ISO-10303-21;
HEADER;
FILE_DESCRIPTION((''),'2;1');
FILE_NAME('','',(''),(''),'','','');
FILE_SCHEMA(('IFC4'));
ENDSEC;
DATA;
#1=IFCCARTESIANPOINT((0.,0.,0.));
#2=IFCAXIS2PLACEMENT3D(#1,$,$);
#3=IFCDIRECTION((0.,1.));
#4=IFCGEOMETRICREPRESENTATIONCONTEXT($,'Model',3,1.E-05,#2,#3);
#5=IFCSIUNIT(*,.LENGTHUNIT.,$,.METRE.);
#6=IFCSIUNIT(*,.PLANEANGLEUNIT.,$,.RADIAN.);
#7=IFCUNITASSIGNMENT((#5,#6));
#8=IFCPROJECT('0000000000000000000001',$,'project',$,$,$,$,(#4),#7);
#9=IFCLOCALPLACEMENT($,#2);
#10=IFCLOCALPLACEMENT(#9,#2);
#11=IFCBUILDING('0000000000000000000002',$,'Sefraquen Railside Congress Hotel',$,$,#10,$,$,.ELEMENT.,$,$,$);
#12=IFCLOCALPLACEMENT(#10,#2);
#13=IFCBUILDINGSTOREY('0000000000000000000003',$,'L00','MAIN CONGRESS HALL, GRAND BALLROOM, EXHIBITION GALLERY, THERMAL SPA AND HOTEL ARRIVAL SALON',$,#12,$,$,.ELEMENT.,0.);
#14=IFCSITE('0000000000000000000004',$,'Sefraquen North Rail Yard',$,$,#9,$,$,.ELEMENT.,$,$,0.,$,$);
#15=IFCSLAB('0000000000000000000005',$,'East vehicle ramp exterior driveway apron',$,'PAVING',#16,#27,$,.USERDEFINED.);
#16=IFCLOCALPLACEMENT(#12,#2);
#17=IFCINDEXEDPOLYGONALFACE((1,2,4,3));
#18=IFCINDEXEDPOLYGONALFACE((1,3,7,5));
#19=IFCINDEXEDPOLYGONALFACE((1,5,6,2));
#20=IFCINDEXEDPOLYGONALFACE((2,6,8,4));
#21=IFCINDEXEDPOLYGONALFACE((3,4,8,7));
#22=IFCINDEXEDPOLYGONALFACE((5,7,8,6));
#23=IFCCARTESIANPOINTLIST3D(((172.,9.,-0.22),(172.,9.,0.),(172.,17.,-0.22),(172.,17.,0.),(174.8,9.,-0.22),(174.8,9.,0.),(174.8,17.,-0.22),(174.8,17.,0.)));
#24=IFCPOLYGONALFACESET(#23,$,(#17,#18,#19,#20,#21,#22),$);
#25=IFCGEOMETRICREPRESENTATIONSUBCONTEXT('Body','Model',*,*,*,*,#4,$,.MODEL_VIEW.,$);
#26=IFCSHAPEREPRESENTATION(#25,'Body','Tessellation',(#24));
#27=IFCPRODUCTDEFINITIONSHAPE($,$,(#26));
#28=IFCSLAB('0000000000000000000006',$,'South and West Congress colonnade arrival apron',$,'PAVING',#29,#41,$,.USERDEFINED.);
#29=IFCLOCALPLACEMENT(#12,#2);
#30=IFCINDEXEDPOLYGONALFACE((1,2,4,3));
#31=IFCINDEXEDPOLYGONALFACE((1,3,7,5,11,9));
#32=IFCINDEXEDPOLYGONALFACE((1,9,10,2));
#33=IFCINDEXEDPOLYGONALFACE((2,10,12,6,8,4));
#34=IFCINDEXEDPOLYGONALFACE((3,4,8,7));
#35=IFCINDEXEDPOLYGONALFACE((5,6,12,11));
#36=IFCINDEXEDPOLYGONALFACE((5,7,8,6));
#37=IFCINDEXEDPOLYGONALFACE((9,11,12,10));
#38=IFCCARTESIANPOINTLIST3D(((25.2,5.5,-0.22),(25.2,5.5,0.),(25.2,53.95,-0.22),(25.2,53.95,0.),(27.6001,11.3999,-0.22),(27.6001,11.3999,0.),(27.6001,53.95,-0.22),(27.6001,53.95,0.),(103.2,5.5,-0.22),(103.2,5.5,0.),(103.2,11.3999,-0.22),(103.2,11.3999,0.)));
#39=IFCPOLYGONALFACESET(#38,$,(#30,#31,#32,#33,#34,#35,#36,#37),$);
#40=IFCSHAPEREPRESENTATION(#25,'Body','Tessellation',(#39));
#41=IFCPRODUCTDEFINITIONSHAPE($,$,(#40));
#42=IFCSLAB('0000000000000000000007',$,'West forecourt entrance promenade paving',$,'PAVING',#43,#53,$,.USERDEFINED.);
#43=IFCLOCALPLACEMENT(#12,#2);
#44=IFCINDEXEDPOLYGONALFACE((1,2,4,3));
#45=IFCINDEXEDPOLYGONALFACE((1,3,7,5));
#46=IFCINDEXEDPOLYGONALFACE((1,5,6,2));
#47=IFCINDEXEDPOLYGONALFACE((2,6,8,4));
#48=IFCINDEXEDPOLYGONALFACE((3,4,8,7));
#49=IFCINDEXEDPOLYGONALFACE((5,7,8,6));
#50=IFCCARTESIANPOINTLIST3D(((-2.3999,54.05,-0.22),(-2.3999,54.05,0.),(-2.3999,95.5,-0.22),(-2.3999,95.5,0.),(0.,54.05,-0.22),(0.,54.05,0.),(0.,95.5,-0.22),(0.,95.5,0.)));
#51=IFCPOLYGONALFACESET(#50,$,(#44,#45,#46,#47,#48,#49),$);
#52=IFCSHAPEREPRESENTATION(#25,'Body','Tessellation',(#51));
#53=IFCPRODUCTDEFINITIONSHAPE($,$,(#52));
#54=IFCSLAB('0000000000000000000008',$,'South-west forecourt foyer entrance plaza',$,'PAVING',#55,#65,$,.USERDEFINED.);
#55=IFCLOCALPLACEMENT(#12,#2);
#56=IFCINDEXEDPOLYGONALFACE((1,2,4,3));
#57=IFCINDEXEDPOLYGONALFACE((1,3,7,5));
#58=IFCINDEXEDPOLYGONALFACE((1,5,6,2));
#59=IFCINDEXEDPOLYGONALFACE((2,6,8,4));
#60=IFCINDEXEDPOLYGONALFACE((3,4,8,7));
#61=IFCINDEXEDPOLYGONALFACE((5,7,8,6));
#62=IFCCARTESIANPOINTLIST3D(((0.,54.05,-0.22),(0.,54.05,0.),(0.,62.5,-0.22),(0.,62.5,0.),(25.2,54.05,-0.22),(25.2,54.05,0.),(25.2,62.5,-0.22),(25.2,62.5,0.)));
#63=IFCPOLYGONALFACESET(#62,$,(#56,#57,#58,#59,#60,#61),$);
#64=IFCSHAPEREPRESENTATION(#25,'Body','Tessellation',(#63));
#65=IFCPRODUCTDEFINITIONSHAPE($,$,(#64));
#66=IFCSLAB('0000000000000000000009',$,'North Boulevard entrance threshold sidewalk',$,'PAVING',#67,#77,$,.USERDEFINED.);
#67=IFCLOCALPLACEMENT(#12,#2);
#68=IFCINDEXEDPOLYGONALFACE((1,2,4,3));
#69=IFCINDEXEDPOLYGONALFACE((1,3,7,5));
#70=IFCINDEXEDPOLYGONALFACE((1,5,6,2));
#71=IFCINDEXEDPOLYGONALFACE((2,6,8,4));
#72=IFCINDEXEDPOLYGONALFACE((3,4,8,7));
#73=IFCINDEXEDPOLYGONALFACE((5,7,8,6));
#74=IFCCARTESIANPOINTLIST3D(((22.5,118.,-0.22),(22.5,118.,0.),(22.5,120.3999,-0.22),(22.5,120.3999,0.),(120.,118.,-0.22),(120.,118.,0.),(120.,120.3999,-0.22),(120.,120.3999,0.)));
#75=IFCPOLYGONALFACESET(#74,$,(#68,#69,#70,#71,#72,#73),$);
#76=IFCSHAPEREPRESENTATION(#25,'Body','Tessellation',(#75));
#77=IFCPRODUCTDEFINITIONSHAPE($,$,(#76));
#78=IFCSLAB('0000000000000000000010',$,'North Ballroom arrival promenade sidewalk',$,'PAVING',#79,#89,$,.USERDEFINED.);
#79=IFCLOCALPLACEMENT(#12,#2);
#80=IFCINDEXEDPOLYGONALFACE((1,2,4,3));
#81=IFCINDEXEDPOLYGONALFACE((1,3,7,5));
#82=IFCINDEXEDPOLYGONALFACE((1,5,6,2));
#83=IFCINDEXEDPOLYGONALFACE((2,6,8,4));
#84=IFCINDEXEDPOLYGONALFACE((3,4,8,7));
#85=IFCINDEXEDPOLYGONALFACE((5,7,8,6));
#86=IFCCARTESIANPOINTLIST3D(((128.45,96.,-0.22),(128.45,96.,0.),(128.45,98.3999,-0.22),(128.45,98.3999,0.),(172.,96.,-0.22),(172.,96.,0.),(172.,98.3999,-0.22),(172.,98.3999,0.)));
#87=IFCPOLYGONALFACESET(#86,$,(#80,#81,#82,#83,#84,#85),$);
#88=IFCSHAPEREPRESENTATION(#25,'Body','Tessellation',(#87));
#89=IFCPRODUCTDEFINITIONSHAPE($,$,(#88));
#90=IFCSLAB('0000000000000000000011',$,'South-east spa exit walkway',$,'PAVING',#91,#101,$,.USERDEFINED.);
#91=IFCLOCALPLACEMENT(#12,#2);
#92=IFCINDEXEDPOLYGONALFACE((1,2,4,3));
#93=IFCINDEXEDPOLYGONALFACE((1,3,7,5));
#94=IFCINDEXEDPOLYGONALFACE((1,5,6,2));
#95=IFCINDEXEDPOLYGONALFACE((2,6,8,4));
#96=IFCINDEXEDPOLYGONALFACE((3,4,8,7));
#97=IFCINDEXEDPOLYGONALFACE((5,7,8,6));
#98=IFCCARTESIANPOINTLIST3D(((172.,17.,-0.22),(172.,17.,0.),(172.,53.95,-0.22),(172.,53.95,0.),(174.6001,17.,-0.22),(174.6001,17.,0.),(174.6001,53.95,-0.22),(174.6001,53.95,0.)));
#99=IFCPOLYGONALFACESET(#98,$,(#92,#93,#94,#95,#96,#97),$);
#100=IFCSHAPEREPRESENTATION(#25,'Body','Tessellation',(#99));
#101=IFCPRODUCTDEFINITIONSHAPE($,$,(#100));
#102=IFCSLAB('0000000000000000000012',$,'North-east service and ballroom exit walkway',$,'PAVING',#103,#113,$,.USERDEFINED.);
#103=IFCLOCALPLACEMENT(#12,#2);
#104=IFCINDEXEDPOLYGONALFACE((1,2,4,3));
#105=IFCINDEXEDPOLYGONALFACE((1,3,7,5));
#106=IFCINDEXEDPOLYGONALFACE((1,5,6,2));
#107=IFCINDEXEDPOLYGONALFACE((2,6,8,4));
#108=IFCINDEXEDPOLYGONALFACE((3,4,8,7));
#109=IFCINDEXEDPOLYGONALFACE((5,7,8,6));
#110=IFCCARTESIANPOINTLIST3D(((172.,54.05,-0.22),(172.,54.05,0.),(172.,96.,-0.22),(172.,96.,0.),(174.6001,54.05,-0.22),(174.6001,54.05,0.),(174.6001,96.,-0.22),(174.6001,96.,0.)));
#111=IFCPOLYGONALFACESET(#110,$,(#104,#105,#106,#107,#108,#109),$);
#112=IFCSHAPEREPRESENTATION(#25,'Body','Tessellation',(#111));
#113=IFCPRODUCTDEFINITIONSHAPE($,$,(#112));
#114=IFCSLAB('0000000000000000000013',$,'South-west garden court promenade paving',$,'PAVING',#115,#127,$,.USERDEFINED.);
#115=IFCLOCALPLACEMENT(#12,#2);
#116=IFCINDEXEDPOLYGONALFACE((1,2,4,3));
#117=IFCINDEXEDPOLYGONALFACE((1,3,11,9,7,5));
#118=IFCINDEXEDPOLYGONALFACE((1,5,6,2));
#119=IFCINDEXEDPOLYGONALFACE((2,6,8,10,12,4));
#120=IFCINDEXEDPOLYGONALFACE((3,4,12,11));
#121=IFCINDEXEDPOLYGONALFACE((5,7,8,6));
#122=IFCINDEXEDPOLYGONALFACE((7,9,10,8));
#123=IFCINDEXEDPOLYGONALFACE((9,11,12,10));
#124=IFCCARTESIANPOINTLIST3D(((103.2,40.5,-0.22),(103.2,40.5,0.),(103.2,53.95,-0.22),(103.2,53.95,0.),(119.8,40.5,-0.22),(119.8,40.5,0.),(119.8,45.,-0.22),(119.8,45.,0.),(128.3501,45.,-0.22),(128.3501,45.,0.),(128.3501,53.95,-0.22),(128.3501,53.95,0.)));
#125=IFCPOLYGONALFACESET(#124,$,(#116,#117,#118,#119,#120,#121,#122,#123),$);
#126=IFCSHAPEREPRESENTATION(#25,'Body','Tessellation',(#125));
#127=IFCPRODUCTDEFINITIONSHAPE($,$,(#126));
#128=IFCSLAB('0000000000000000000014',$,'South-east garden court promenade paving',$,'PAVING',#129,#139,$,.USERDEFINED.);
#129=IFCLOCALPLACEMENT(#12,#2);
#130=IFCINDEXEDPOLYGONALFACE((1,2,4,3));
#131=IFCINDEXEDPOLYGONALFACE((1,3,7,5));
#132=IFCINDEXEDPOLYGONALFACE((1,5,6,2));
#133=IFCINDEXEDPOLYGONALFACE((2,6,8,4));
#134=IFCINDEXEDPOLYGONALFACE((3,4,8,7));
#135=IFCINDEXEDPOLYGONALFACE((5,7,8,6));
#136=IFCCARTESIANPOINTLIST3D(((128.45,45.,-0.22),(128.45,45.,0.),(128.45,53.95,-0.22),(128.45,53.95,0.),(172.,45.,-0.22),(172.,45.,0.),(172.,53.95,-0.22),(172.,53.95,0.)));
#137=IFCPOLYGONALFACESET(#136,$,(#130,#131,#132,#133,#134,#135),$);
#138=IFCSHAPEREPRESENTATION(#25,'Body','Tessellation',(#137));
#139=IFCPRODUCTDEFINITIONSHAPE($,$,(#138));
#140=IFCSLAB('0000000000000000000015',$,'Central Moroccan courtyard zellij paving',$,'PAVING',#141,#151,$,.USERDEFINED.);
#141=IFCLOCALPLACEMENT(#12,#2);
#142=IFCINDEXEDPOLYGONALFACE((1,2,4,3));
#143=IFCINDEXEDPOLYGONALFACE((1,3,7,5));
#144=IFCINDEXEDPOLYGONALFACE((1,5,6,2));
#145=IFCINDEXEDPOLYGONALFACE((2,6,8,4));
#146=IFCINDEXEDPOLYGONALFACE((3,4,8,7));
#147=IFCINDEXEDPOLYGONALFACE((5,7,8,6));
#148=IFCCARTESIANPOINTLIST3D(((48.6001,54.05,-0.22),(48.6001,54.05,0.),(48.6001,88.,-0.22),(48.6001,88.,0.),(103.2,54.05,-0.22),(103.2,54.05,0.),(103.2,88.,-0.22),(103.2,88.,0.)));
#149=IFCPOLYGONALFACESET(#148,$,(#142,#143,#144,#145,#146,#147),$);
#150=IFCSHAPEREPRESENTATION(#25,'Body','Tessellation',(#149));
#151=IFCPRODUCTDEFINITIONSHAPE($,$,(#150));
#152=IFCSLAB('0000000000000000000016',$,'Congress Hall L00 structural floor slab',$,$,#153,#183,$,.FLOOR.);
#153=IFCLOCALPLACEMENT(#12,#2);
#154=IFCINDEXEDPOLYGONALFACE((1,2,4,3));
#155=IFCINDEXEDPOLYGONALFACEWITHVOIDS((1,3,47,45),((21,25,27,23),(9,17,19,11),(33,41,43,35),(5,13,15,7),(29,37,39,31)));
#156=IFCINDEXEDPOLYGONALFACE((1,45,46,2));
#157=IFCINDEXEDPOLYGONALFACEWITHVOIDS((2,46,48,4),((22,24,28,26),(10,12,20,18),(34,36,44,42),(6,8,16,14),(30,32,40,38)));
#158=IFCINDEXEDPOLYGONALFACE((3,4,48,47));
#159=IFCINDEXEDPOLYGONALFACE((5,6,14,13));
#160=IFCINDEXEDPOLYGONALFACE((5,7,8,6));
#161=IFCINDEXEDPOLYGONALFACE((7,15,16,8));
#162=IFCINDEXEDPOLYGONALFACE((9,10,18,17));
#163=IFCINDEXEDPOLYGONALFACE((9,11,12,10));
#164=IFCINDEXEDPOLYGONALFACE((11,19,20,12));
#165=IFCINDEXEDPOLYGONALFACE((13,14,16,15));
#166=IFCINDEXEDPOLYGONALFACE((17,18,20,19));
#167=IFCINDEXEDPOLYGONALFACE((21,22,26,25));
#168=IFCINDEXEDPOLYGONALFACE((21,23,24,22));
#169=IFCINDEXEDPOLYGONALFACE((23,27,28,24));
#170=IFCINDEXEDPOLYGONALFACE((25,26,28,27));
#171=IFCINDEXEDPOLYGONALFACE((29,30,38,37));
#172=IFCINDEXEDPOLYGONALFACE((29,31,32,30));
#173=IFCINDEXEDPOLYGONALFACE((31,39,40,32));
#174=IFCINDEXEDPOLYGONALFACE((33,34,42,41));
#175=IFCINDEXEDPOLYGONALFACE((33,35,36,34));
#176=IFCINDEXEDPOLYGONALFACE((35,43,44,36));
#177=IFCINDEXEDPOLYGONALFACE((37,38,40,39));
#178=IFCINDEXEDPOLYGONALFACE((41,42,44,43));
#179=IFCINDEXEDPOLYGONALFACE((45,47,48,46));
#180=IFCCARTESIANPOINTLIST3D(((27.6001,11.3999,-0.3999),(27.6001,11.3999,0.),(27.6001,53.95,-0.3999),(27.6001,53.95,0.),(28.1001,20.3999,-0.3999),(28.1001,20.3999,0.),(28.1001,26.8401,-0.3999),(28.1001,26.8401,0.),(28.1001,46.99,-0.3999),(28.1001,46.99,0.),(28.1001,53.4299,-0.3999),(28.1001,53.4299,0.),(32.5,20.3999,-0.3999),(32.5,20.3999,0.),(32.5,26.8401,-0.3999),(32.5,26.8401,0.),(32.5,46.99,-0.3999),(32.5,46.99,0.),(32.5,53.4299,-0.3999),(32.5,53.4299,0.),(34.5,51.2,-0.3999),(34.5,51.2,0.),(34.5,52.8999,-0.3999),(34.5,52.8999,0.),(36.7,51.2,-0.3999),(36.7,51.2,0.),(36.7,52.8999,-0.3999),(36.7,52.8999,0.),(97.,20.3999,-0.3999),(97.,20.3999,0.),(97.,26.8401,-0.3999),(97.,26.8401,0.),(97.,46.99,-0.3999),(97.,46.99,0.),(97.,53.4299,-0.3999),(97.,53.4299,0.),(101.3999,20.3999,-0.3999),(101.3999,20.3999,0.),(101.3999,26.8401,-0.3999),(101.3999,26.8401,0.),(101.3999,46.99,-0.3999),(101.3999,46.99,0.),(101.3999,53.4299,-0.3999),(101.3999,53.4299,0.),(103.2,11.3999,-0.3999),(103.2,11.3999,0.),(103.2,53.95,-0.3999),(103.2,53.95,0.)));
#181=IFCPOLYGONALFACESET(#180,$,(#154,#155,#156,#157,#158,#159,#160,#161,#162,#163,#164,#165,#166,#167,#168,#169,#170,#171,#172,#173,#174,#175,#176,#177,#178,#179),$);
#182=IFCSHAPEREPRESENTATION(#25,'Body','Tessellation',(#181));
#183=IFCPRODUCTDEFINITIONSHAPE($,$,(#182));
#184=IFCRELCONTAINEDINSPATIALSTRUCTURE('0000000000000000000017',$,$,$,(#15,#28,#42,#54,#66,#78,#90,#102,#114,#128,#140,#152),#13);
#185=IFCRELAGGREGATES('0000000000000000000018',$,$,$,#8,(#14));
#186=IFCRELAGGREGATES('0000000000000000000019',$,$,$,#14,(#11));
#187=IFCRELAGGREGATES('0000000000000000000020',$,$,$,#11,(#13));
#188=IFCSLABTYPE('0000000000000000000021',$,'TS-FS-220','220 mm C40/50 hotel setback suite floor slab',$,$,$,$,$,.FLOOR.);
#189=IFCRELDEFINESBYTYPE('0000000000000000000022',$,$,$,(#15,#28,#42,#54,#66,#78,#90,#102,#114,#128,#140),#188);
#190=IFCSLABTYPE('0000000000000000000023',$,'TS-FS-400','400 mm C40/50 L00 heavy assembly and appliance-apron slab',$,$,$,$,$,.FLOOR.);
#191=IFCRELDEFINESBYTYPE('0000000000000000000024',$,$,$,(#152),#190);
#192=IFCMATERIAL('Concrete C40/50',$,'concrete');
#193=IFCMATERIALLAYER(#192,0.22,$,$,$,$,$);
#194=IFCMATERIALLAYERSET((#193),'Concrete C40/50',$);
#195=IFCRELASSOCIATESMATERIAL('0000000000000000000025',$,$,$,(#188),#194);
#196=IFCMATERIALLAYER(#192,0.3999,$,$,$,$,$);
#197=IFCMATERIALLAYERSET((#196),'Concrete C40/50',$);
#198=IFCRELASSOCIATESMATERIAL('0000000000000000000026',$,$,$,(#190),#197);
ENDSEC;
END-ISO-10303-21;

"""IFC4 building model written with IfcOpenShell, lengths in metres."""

from ifc_helpers import new_model, si_unit, direction, frame, origin, place, context, subcontext, project, spatial, polyline, outline, extrude, material, layer, layer_set, type_object, element, save


model = new_model("IFC4")

# Units and contexts
model_context = context("Model", 3, precision=1e-05, world=origin(), true_north=direction((0.0, 1.0)))
body_context = subcontext(model_context, "Body", "Model", "MODEL_VIEW")
ifc_project = project(units=[si_unit("LENGTHUNIT", "METRE"), si_unit("PLANEANGLEUNIT", "RADIAN")], contexts=[model_context])

# Site, building, storey
site_placement = place(None, origin())
site = spatial("IfcSite", under=ifc_project, at=site_placement, Name="Sefraquen North Rail Yard", CompositionType="ELEMENT", RefElevation=0.0)
building_placement = place(site_placement, origin())
building = spatial("IfcBuilding", under=site, at=building_placement, Name="Sefraquen Railside Congress Hotel", CompositionType="ELEMENT")
storey_placement = place(building_placement, origin())
storey = spatial("IfcBuildingStorey", under=building, at=storey_placement, Name="L00", Description="MAIN CONGRESS HALL, GRAND BALLROOM, EXHIBITION GALLERY, THERMAL SPA AND HOTEL ARRIVAL SALON", CompositionType="ELEMENT", Elevation=0.0)

# Slabs
ifc_material_1 = material(Name="Concrete C40/50", Category="concrete")
ifc_layer_1 = layer(ifc_material_1, 0.22)
ifc_layer_set_1 = layer_set([ifc_layer_1], Name="Concrete C40/50")
slab_type_1 = type_object("IfcSlabType", Name="TS-FS-220", Description="220 mm C40/50 hotel setback suite floor slab", PredefinedType="FLOOR", material=ifc_layer_set_1)
slab_1_placement = place(storey_placement, frame((0.0, 0.0, -0.22)))
element("IfcSlab", 1, at=slab_1_placement, inside=storey, type_object=slab_type_1, Name="East vehicle ramp exterior driveway apron", ObjectType="PAVING", PredefinedType="USERDEFINED", context=body_context, shape_type="SweptSolid", body=[
    extrude(outline(polyline([(172.0, 9.0), (174.8, 9.0), (174.8, 17.0), (172.0, 17.0), (172.0, 9.0)])), origin(), (0.0, 0.0, 1.0), 0.22),
])
slab_2_placement = place(storey_placement, frame((0.0, 0.0, -0.22)))
element("IfcSlab", 2, at=slab_2_placement, inside=storey, type_object=slab_type_1, Name="South and West Congress colonnade arrival apron", ObjectType="PAVING", PredefinedType="USERDEFINED", context=body_context, shape_type="SweptSolid", body=[
    extrude(outline(polyline([(25.2, 5.5), (103.2, 5.5), (103.2, 11.3999), (27.6001, 11.3999), (27.6001, 53.95), (25.2, 53.95), (25.2, 5.5)])), origin(), (0.0, 0.0, 1.0), 0.22),
])
slab_3_placement = place(storey_placement, frame((0.0, 0.0, -0.22)))
element("IfcSlab", 3, at=slab_3_placement, inside=storey, type_object=slab_type_1, Name="West forecourt entrance promenade paving", ObjectType="PAVING", PredefinedType="USERDEFINED", context=body_context, shape_type="SweptSolid", body=[
    extrude(outline(polyline([(-2.3999, 54.05), (0.0, 54.05), (0.0, 95.5), (-2.3999, 95.5), (-2.3999, 54.05)])), origin(), (0.0, 0.0, 1.0), 0.22),
])
slab_4_placement = place(storey_placement, frame((0.0, 0.0, -0.22)))
element("IfcSlab", 4, at=slab_4_placement, inside=storey, type_object=slab_type_1, Name="South-west forecourt foyer entrance plaza", ObjectType="PAVING", PredefinedType="USERDEFINED", context=body_context, shape_type="SweptSolid", body=[
    extrude(outline(polyline([(0.0, 54.05), (25.2, 54.05), (25.2, 62.5), (0.0, 62.5), (0.0, 54.05)])), origin(), (0.0, 0.0, 1.0), 0.22),
])
slab_5_placement = place(storey_placement, frame((0.0, 0.0, -0.22)))
element("IfcSlab", 5, at=slab_5_placement, inside=storey, type_object=slab_type_1, Name="North Boulevard entrance threshold sidewalk", ObjectType="PAVING", PredefinedType="USERDEFINED", context=body_context, shape_type="SweptSolid", body=[
    extrude(outline(polyline([(22.5, 118.0), (120.0, 118.0), (120.0, 120.3999), (22.5, 120.3999), (22.5, 118.0)])), origin(), (0.0, 0.0, 1.0), 0.22),
])
slab_6_placement = place(storey_placement, frame((0.0, 0.0, -0.22)))
element("IfcSlab", 6, at=slab_6_placement, inside=storey, type_object=slab_type_1, Name="North Ballroom arrival promenade sidewalk", ObjectType="PAVING", PredefinedType="USERDEFINED", context=body_context, shape_type="SweptSolid", body=[
    extrude(outline(polyline([(128.45, 96.0), (172.0, 96.0), (172.0, 98.3999), (128.45, 98.3999), (128.45, 96.0)])), origin(), (0.0, 0.0, 1.0), 0.22),
])
slab_7_placement = place(storey_placement, frame((0.0, 0.0, -0.22)))
element("IfcSlab", 7, at=slab_7_placement, inside=storey, type_object=slab_type_1, Name="South-east spa exit walkway", ObjectType="PAVING", PredefinedType="USERDEFINED", context=body_context, shape_type="SweptSolid", body=[
    extrude(outline(polyline([(172.0, 17.0), (174.6001, 17.0), (174.6001, 53.95), (172.0, 53.95), (172.0, 17.0)])), origin(), (0.0, 0.0, 1.0), 0.22),
])
slab_8_placement = place(storey_placement, frame((0.0, 0.0, -0.22)))
element("IfcSlab", 8, at=slab_8_placement, inside=storey, type_object=slab_type_1, Name="North-east service and ballroom exit walkway", ObjectType="PAVING", PredefinedType="USERDEFINED", context=body_context, shape_type="SweptSolid", body=[
    extrude(outline(polyline([(172.0, 54.05), (174.6001, 54.05), (174.6001, 96.0), (172.0, 96.0), (172.0, 54.05)])), origin(), (0.0, 0.0, 1.0), 0.22),
])
slab_9_placement = place(storey_placement, frame((0.0, 0.0, -0.22)))
element("IfcSlab", 9, at=slab_9_placement, inside=storey, type_object=slab_type_1, Name="South-west garden court promenade paving", ObjectType="PAVING", PredefinedType="USERDEFINED", context=body_context, shape_type="SweptSolid", body=[
    extrude(outline(polyline([(103.2, 40.5), (119.8, 40.5), (119.8, 45.0), (128.3501, 45.0), (128.3501, 53.95), (103.2, 53.95), (103.2, 40.5)])), origin(), (0.0, 0.0, 1.0), 0.22),
])
slab_10_placement = place(storey_placement, frame((0.0, 0.0, -0.22)))
element("IfcSlab", 10, at=slab_10_placement, inside=storey, type_object=slab_type_1, Name="South-east garden court promenade paving", ObjectType="PAVING", PredefinedType="USERDEFINED", context=body_context, shape_type="SweptSolid", body=[
    extrude(outline(polyline([(128.45, 45.0), (172.0, 45.0), (172.0, 53.95), (128.45, 53.95), (128.45, 45.0)])), origin(), (0.0, 0.0, 1.0), 0.22),
])
slab_11_placement = place(storey_placement, frame((0.0, 0.0, -0.22)))
element("IfcSlab", 11, at=slab_11_placement, inside=storey, type_object=slab_type_1, Name="Central Moroccan courtyard zellij paving", ObjectType="PAVING", PredefinedType="USERDEFINED", context=body_context, shape_type="SweptSolid", body=[
    extrude(outline(polyline([(48.6001, 54.05), (103.2, 54.05), (103.2, 88.0), (48.6001, 88.0), (48.6001, 54.05)])), origin(), (0.0, 0.0, 1.0), 0.22),
])
ifc_layer_2 = layer(ifc_material_1, 0.3999)
ifc_layer_set_2 = layer_set([ifc_layer_2], Name="Concrete C40/50")
slab_type_2 = type_object("IfcSlabType", Name="TS-FS-400", Description="400 mm C40/50 L00 heavy assembly and appliance-apron slab", PredefinedType="FLOOR", material=ifc_layer_set_2)
slab_12_placement = place(storey_placement, frame((0.0, 0.0, -0.3999)))
element("IfcSlab", 12, at=slab_12_placement, inside=storey, type_object=slab_type_2, Name="Congress Hall L00 structural floor slab", PredefinedType="FLOOR", context=body_context, shape_type="SweptSolid", body=[
    extrude(outline(polyline([(27.6001, 11.3999), (103.2, 11.3999), (103.2, 53.95), (27.6001, 53.95), (27.6001, 11.3999)]), holes=[polyline([(28.1001, 20.3999), (32.5, 20.3999), (32.5, 26.8401), (28.1001, 26.8401), (28.1001, 20.3999)]), polyline([(28.1001, 46.99), (32.5, 46.99), (32.5, 53.4299), (28.1001, 53.4299), (28.1001, 46.99)]), polyline([(97.0, 20.3999), (101.3999, 20.3999), (101.3999, 26.8401), (97.0, 26.8401), (97.0, 20.3999)]), polyline([(97.0, 46.99), (101.3999, 46.99), (101.3999, 53.4299), (97.0, 53.4299), (97.0, 46.99)]), polyline([(34.5, 51.2), (36.7, 51.2), (36.7, 52.8999), (34.5, 52.8999), (34.5, 51.2)])]), origin(), (0.0, 0.0, 1.0), 0.3999),
])

save(model, "model.ifc")
